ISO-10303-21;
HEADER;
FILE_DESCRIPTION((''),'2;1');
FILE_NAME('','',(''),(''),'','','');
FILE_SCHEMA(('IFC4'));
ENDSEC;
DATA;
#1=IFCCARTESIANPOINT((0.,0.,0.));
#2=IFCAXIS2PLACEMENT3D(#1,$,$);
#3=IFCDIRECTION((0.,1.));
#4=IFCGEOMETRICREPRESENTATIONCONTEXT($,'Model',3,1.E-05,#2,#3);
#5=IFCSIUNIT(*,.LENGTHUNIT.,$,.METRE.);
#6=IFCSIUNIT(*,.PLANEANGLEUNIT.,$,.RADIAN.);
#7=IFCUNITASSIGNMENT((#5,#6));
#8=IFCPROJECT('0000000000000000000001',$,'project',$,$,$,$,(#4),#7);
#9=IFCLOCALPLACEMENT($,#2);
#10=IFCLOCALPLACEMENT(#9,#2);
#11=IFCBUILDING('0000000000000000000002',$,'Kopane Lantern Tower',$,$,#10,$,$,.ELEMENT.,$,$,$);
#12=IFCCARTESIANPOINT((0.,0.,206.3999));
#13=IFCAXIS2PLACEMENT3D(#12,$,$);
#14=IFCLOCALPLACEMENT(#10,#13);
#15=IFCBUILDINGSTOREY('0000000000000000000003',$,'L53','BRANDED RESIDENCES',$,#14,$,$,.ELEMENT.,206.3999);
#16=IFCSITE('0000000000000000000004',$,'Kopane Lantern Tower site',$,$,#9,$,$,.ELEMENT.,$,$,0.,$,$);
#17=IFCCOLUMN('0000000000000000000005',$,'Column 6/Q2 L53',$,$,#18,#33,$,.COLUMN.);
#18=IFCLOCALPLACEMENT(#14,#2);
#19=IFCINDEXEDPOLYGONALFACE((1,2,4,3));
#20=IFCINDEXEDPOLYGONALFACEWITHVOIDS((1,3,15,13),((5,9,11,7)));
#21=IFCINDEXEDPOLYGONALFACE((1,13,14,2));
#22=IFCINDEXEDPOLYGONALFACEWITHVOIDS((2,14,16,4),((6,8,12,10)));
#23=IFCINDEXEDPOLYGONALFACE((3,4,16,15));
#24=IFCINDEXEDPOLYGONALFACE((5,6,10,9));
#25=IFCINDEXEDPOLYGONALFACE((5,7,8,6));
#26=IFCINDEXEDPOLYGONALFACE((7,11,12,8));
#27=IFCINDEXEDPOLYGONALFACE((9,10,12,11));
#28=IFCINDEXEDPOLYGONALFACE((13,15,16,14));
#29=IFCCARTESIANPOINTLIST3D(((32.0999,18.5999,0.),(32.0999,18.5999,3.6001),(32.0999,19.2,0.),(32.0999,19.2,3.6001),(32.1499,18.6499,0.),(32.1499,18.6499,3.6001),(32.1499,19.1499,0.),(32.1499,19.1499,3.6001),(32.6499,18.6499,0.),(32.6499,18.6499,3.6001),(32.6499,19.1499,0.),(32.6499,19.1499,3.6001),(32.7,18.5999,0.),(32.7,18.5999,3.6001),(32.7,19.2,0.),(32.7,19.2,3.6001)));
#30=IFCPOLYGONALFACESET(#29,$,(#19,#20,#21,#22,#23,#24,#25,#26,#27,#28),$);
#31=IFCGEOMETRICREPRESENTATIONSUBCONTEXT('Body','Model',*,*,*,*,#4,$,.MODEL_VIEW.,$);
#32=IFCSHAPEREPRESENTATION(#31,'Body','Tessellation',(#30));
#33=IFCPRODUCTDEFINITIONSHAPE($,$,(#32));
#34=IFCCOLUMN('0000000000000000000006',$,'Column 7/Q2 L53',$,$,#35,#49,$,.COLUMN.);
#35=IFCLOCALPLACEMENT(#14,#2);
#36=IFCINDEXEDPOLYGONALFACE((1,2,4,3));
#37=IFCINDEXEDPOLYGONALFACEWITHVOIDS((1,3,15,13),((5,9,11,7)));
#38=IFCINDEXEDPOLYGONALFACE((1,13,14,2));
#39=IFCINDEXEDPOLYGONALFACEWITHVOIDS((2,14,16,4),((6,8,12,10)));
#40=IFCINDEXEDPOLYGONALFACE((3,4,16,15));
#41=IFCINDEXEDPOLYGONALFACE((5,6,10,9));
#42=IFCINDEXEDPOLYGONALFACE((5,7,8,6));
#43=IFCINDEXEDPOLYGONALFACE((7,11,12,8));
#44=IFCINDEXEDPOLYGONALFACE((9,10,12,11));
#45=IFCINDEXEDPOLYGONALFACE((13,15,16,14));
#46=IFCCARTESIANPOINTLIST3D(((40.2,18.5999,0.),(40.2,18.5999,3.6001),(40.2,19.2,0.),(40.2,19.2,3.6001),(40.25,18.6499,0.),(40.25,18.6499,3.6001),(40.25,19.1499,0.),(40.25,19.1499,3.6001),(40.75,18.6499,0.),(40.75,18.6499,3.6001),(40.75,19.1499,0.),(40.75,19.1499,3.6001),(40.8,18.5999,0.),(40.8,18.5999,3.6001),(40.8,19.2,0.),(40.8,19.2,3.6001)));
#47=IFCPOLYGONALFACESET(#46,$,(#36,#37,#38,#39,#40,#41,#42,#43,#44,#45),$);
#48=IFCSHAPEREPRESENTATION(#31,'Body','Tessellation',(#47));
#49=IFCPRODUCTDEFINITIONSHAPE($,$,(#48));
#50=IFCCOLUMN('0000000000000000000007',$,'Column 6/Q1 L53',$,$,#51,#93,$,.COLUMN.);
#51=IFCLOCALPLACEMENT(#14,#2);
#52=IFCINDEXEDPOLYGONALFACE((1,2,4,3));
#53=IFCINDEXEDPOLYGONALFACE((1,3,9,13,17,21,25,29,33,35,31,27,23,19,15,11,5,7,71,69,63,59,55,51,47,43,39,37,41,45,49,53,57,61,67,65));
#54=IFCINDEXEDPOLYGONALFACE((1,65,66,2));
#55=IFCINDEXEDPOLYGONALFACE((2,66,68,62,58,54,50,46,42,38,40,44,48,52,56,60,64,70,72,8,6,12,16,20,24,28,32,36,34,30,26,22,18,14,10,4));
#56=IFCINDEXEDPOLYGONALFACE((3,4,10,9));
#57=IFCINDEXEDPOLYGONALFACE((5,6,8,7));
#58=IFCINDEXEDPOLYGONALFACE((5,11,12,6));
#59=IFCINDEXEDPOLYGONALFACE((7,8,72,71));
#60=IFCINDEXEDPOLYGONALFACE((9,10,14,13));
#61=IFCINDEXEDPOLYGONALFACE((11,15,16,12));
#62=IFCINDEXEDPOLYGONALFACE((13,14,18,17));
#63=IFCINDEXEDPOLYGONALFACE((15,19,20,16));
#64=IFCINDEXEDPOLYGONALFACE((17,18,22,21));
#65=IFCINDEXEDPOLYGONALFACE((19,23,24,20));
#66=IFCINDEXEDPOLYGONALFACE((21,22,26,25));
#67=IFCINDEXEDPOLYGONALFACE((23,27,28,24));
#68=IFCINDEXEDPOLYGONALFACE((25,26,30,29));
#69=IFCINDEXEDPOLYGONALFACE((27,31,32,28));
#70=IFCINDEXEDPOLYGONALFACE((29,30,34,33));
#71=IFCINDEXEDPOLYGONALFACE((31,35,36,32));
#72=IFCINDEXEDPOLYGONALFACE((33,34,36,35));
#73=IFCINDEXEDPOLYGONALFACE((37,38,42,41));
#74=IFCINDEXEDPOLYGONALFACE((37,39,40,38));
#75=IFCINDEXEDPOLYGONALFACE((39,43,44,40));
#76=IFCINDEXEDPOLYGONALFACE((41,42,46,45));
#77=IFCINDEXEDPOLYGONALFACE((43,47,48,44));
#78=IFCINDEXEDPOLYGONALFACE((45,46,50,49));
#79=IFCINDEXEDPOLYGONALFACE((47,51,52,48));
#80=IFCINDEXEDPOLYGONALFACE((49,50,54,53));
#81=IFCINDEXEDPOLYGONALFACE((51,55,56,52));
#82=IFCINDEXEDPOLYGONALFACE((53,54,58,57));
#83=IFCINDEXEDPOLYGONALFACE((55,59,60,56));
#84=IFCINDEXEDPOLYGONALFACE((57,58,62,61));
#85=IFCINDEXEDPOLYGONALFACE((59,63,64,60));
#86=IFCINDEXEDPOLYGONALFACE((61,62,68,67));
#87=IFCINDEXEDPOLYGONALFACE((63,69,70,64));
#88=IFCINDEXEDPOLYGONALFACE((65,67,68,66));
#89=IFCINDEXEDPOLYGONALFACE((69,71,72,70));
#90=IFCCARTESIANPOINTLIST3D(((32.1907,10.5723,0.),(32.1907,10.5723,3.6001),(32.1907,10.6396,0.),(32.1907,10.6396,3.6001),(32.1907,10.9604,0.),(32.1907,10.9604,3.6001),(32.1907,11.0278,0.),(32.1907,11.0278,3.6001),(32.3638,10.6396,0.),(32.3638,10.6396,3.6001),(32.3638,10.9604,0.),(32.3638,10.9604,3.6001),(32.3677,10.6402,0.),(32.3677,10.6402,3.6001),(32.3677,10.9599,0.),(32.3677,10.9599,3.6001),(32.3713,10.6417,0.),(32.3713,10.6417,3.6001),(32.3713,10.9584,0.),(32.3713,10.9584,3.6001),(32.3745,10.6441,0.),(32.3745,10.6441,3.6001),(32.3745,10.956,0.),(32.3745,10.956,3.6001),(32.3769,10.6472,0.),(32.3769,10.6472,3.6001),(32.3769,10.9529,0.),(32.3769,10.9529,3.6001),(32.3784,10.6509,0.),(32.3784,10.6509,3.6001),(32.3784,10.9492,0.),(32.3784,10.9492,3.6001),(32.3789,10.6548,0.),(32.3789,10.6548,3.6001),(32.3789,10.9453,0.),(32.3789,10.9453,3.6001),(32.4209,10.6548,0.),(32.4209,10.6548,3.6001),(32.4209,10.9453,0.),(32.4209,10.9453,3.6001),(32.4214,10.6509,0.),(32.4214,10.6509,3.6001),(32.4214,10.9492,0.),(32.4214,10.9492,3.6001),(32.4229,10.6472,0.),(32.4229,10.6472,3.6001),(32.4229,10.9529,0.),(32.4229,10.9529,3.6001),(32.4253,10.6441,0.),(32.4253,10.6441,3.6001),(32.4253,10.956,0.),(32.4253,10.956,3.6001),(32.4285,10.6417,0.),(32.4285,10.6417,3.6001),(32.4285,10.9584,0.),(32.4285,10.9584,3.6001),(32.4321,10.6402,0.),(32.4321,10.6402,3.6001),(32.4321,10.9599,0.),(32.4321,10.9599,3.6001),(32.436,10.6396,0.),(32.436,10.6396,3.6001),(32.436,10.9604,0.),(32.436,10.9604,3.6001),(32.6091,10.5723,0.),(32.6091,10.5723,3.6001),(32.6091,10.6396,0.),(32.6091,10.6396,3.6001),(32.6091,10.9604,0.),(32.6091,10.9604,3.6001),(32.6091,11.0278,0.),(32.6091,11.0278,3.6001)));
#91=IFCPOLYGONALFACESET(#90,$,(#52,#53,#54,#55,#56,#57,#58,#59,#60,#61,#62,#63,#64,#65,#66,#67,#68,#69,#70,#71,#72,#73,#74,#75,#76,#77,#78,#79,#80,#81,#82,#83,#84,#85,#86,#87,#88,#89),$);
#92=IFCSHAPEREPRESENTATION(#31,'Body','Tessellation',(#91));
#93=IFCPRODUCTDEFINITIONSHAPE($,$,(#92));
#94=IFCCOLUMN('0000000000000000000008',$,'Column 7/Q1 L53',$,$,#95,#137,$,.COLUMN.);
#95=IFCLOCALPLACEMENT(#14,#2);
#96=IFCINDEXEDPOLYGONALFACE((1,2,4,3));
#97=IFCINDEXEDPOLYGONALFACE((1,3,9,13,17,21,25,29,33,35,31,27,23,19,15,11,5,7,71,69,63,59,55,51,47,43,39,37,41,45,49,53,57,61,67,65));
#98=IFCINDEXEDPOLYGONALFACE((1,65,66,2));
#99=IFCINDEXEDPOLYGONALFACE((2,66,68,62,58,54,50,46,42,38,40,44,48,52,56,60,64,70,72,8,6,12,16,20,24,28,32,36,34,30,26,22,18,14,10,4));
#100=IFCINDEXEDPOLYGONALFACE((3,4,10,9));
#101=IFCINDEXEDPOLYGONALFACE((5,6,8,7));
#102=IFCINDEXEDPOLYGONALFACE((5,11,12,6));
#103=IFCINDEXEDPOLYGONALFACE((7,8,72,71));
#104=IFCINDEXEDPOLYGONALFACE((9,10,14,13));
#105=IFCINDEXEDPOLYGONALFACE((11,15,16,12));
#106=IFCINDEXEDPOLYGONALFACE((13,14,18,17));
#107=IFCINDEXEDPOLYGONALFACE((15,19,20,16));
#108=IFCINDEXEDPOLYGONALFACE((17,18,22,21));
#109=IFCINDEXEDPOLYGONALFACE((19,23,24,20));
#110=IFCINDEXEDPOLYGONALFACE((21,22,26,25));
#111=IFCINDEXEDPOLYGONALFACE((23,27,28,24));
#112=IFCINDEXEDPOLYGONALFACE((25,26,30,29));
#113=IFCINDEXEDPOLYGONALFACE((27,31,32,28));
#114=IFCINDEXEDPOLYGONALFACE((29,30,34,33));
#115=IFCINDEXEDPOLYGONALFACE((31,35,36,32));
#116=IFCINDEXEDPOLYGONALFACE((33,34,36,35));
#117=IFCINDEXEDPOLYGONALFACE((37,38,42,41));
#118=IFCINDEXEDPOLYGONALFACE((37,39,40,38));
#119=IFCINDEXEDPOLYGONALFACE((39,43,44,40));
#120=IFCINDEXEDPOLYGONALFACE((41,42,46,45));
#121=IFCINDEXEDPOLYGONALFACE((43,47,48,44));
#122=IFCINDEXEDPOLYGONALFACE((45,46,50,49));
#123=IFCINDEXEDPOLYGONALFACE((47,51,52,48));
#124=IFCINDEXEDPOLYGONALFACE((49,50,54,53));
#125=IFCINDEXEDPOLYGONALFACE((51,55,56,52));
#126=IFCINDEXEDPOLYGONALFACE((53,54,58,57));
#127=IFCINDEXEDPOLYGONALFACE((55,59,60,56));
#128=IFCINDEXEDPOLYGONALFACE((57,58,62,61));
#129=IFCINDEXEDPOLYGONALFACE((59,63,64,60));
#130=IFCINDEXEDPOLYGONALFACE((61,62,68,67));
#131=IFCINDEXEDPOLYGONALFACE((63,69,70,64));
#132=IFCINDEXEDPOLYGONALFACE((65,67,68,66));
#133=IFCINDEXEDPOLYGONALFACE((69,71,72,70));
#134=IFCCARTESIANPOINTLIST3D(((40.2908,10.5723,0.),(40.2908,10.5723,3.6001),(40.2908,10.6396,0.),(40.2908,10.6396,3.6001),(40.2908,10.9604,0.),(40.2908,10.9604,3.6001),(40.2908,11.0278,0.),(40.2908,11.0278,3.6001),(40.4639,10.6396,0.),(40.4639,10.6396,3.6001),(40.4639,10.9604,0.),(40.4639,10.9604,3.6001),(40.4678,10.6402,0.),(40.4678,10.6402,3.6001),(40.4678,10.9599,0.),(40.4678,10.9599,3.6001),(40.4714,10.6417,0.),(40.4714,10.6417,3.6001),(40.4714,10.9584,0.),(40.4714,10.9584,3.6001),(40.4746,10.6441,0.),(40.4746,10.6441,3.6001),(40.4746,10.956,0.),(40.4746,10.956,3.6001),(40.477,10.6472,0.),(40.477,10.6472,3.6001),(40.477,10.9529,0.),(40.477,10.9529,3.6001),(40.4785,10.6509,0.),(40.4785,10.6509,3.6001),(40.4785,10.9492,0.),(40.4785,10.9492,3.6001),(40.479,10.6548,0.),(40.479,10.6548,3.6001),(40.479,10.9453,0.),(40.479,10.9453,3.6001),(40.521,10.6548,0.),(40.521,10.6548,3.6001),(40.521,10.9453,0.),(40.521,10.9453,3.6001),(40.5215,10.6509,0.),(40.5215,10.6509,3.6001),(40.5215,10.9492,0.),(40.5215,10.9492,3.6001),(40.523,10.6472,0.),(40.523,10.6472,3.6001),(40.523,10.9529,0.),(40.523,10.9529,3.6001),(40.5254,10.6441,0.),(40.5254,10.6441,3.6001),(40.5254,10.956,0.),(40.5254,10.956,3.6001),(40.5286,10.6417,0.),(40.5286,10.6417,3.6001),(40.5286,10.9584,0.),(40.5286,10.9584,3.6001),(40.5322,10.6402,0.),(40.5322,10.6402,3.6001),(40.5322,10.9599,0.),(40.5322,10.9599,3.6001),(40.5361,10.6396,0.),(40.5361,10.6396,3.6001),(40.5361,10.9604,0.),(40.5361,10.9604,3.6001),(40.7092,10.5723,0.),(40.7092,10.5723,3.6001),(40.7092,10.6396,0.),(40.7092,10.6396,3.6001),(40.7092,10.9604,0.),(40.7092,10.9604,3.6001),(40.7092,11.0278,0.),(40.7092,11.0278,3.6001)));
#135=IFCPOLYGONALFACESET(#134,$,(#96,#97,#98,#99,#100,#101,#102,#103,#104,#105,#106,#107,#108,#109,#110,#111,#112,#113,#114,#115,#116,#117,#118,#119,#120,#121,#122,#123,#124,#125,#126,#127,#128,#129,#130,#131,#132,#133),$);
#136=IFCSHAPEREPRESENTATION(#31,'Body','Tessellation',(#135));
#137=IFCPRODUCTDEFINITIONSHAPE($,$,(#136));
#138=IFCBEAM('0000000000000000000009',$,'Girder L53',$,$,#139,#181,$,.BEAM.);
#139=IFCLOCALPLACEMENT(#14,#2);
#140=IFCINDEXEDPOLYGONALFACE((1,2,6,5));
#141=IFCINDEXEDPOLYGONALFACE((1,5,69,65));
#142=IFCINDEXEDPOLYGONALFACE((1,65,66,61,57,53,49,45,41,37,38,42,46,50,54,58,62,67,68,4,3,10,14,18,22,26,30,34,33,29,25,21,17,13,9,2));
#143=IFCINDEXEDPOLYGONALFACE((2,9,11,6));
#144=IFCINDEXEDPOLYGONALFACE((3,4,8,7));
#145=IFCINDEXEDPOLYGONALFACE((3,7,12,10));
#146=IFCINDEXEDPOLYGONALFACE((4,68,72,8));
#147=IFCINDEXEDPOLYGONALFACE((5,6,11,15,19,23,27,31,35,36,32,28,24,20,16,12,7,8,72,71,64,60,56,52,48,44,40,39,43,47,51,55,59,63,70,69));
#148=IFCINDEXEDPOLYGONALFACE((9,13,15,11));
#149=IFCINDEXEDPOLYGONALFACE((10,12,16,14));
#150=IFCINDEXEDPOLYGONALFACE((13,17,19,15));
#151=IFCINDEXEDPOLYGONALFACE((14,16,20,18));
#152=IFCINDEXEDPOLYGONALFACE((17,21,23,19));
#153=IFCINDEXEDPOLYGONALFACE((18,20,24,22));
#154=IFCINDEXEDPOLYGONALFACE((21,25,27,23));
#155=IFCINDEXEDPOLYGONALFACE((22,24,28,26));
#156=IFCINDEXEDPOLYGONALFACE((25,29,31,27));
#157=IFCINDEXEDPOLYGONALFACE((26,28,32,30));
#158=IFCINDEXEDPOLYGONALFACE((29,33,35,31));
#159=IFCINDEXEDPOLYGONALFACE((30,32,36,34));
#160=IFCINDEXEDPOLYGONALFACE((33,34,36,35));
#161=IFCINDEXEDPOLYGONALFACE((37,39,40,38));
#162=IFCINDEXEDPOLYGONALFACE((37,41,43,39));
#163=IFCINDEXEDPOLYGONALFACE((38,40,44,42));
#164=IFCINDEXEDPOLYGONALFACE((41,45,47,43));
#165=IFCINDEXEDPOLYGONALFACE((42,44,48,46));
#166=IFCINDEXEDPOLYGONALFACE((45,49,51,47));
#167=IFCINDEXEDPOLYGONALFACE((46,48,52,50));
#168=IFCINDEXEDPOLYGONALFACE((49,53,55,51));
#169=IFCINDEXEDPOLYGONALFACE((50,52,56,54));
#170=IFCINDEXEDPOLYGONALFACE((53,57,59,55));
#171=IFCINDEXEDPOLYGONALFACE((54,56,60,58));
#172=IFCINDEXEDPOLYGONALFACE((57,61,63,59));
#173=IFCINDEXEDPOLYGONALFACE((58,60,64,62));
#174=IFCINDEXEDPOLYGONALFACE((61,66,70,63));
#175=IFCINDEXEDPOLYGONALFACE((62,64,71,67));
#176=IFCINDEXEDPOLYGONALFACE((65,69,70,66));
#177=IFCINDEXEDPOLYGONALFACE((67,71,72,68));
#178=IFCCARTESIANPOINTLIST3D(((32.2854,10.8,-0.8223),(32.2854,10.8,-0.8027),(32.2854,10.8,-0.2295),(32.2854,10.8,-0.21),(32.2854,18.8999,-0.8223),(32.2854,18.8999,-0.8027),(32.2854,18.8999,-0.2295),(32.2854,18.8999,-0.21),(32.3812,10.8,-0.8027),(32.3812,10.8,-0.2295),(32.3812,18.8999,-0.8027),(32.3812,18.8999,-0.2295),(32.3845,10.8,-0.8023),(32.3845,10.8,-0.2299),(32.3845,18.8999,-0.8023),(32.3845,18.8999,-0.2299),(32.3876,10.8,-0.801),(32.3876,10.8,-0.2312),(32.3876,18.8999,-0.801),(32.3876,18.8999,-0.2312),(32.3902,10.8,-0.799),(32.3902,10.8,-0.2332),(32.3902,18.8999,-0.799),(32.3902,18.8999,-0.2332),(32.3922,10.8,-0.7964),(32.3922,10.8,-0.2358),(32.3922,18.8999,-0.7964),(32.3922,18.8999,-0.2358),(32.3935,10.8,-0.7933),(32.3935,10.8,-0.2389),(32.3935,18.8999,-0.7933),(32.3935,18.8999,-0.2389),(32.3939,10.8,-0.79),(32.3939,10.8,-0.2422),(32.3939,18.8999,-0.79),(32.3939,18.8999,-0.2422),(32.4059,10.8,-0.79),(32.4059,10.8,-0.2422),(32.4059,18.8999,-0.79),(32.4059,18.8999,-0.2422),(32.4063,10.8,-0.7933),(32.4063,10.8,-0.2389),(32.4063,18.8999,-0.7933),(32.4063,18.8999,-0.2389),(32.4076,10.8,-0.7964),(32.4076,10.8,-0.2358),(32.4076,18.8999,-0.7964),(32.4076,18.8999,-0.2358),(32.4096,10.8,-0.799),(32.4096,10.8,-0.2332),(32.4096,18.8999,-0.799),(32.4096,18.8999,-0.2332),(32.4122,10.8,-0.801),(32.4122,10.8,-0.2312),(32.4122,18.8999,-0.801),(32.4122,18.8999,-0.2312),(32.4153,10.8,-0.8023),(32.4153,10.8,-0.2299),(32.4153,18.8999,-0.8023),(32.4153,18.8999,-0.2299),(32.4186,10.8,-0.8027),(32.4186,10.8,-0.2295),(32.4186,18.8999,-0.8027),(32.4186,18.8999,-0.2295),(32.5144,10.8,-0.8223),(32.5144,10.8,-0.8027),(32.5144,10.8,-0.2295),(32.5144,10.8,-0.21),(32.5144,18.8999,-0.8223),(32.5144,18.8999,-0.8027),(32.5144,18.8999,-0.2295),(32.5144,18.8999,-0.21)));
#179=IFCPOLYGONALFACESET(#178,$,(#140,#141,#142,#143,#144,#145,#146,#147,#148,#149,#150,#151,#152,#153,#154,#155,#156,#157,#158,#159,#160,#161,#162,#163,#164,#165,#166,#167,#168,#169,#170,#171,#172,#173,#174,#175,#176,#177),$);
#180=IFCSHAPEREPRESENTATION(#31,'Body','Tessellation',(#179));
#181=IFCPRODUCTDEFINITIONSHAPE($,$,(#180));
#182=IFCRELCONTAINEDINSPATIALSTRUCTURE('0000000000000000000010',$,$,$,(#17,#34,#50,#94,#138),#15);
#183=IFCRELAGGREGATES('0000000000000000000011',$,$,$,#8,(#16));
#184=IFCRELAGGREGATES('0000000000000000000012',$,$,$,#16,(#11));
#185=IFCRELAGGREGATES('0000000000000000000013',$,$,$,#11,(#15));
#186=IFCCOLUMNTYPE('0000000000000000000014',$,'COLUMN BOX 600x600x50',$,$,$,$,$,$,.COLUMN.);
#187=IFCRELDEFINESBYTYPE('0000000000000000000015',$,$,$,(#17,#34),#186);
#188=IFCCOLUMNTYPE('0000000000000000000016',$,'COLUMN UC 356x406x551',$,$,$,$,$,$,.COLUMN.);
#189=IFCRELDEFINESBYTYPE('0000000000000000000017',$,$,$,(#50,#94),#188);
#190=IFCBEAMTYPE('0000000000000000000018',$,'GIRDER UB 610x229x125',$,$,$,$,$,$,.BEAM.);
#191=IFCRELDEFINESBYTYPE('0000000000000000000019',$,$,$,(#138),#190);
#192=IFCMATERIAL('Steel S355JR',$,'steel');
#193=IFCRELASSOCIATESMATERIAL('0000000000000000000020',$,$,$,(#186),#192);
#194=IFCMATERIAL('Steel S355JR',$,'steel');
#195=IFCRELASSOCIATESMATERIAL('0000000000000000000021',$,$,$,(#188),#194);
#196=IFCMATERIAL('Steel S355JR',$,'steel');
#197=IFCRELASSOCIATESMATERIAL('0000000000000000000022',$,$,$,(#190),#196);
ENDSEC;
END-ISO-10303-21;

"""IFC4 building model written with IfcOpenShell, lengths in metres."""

from ifc_helpers import new_model, si_unit, direction, frame, origin, origin_2d, place, context, subcontext, project, spatial, hollow_rectangle, i_section, extrude, material, material_profile, profile_set, type_object, element, save


model = new_model("IFC4")

# Units and contexts
model_context = context("Model", 3, precision=1e-05, world=origin(), true_north=direction((0.0, 1.0)))
body_context = subcontext(model_context, "Body", "Model", "MODEL_VIEW")
ifc_project = project(units=[si_unit("LENGTHUNIT", "METRE"), si_unit("PLANEANGLEUNIT", "RADIAN")], contexts=[model_context])

# Site, building, storey
site_placement = place(None, origin())
site = spatial("IfcSite", under=ifc_project, at=site_placement, Name="Kopane Lantern Tower site", CompositionType="ELEMENT", RefElevation=0.0)
building_placement = place(site_placement, origin())
building = spatial("IfcBuilding", under=site, at=building_placement, Name="Kopane Lantern Tower", CompositionType="ELEMENT")
storey_placement = place(building_placement, frame((0.0, 0.0, 206.3999)))
storey = spatial("IfcBuildingStorey", under=building, at=storey_placement, Name="L53", Description="BRANDED RESIDENCES", CompositionType="ELEMENT", Elevation=206.3999)

# Columns
ifc_material_1 = material(Name="Steel S355JR", Category="steel")
ifc_material_profile_1 = material_profile(ifc_material_1, hollow_rectangle(XDim=0.6001, YDim=0.6001, WallThickness=0.05, at=origin_2d()), Name="BOX 600x600x50")
ifc_profile_set_1 = profile_set([ifc_material_profile_1], Name="Steel S355JR")
column_type_1 = type_object("IfcColumnType", Name="COLUMN BOX 600x600x50", PredefinedType="COLUMN", material=ifc_profile_set_1)
for number, where, z_axis, x_axis, name in (
    (1, (32.3999, 18.8999, 0.0), (0.0, 0.0, 1.0), (1.0, 0.0, 0.0), "Column 6/Q2 L53"),
    (2, (40.5, 18.8999, 0.0), (0.0, 0.0, 1.0), (1.0, 0.0, 0.0), "Column 7/Q2 L53"),
):
    element("IfcColumn", number, at=place(storey_placement, frame(where, z_axis=z_axis, x_axis=x_axis)), inside=storey, type_object=column_type_1, Name=name, PredefinedType="COLUMN", context=body_context, shape_type="SweptSolid", body=[
        extrude(hollow_rectangle(XDim=0.6001, YDim=0.6001, WallThickness=0.05, at=origin_2d()), origin(), (0.0, 0.0, 1.0), 3.6001),
    ])
ifc_material_2 = material(Name="Steel S355JR", Category="steel")
ifc_material_profile_2 = material_profile(ifc_material_2, i_section(OverallWidth=0.4185, OverallDepth=0.4556, WebThickness=0.042, FlangeThickness=0.0674, FilletRadius=0.0151, at=origin_2d()), Name="UC 356x406x551")
ifc_profile_set_2 = profile_set([ifc_material_profile_2], Name="Steel S355JR")
column_type_2 = type_object("IfcColumnType", Name="COLUMN UC 356x406x551", PredefinedType="COLUMN", material=ifc_profile_set_2)
for number, where, z_axis, x_axis, name in (
    (3, (32.3999, 10.8, 0.0), (0.0, 0.0, 1.0), (1.0, 0.0, 0.0), "Column 6/Q1 L53"),
    (4, (40.5, 10.8, 0.0), (0.0, 0.0, 1.0), (1.0, 0.0, 0.0), "Column 7/Q1 L53"),
):
    element("IfcColumn", number, at=place(storey_placement, frame(where, z_axis=z_axis, x_axis=x_axis)), inside=storey, type_object=column_type_2, Name=name, PredefinedType="COLUMN", context=body_context, shape_type="SweptSolid", body=[
        extrude(i_section(OverallWidth=0.4185, OverallDepth=0.4556, WebThickness=0.042, FlangeThickness=0.0674, FilletRadius=0.0151, at=origin_2d()), origin(), (0.0, 0.0, 1.0), 3.6001),
    ])

# Beam
ifc_material_3 = material(Name="Steel S355JR", Category="steel")
ifc_material_profile_3 = material_profile(ifc_material_3, i_section(OverallWidth=0.229, OverallDepth=0.6123, WebThickness=0.012, FlangeThickness=0.0195, FilletRadius=0.0127, at=origin_2d()), Name="UB 610x229x125")
ifc_profile_set_3 = profile_set([ifc_material_profile_3], Name="Steel S355JR")
beam_type = type_object("IfcBeamType", Name="GIRDER UB 610x229x125", PredefinedType="BEAM", material=ifc_profile_set_3)
beam_1_placement = place(storey_placement, frame((32.3999, 10.8, -0.5161), z_axis=(0.0, 1.0, 0.0), x_axis=(-1.0, 0.0, 0.0)))
element("IfcBeam", 5, at=beam_1_placement, inside=storey, type_object=beam_type, Name="Girder L53", PredefinedType="BEAM", context=body_context, shape_type="SweptSolid", body=[
    extrude(i_section(OverallWidth=0.229, OverallDepth=0.6123, WebThickness=0.012, FlangeThickness=0.0195, FilletRadius=0.0127, at=origin_2d()), origin(), (0.0, 0.0, 1.0), 8.0999),
])

save(model, "model.ifc")
